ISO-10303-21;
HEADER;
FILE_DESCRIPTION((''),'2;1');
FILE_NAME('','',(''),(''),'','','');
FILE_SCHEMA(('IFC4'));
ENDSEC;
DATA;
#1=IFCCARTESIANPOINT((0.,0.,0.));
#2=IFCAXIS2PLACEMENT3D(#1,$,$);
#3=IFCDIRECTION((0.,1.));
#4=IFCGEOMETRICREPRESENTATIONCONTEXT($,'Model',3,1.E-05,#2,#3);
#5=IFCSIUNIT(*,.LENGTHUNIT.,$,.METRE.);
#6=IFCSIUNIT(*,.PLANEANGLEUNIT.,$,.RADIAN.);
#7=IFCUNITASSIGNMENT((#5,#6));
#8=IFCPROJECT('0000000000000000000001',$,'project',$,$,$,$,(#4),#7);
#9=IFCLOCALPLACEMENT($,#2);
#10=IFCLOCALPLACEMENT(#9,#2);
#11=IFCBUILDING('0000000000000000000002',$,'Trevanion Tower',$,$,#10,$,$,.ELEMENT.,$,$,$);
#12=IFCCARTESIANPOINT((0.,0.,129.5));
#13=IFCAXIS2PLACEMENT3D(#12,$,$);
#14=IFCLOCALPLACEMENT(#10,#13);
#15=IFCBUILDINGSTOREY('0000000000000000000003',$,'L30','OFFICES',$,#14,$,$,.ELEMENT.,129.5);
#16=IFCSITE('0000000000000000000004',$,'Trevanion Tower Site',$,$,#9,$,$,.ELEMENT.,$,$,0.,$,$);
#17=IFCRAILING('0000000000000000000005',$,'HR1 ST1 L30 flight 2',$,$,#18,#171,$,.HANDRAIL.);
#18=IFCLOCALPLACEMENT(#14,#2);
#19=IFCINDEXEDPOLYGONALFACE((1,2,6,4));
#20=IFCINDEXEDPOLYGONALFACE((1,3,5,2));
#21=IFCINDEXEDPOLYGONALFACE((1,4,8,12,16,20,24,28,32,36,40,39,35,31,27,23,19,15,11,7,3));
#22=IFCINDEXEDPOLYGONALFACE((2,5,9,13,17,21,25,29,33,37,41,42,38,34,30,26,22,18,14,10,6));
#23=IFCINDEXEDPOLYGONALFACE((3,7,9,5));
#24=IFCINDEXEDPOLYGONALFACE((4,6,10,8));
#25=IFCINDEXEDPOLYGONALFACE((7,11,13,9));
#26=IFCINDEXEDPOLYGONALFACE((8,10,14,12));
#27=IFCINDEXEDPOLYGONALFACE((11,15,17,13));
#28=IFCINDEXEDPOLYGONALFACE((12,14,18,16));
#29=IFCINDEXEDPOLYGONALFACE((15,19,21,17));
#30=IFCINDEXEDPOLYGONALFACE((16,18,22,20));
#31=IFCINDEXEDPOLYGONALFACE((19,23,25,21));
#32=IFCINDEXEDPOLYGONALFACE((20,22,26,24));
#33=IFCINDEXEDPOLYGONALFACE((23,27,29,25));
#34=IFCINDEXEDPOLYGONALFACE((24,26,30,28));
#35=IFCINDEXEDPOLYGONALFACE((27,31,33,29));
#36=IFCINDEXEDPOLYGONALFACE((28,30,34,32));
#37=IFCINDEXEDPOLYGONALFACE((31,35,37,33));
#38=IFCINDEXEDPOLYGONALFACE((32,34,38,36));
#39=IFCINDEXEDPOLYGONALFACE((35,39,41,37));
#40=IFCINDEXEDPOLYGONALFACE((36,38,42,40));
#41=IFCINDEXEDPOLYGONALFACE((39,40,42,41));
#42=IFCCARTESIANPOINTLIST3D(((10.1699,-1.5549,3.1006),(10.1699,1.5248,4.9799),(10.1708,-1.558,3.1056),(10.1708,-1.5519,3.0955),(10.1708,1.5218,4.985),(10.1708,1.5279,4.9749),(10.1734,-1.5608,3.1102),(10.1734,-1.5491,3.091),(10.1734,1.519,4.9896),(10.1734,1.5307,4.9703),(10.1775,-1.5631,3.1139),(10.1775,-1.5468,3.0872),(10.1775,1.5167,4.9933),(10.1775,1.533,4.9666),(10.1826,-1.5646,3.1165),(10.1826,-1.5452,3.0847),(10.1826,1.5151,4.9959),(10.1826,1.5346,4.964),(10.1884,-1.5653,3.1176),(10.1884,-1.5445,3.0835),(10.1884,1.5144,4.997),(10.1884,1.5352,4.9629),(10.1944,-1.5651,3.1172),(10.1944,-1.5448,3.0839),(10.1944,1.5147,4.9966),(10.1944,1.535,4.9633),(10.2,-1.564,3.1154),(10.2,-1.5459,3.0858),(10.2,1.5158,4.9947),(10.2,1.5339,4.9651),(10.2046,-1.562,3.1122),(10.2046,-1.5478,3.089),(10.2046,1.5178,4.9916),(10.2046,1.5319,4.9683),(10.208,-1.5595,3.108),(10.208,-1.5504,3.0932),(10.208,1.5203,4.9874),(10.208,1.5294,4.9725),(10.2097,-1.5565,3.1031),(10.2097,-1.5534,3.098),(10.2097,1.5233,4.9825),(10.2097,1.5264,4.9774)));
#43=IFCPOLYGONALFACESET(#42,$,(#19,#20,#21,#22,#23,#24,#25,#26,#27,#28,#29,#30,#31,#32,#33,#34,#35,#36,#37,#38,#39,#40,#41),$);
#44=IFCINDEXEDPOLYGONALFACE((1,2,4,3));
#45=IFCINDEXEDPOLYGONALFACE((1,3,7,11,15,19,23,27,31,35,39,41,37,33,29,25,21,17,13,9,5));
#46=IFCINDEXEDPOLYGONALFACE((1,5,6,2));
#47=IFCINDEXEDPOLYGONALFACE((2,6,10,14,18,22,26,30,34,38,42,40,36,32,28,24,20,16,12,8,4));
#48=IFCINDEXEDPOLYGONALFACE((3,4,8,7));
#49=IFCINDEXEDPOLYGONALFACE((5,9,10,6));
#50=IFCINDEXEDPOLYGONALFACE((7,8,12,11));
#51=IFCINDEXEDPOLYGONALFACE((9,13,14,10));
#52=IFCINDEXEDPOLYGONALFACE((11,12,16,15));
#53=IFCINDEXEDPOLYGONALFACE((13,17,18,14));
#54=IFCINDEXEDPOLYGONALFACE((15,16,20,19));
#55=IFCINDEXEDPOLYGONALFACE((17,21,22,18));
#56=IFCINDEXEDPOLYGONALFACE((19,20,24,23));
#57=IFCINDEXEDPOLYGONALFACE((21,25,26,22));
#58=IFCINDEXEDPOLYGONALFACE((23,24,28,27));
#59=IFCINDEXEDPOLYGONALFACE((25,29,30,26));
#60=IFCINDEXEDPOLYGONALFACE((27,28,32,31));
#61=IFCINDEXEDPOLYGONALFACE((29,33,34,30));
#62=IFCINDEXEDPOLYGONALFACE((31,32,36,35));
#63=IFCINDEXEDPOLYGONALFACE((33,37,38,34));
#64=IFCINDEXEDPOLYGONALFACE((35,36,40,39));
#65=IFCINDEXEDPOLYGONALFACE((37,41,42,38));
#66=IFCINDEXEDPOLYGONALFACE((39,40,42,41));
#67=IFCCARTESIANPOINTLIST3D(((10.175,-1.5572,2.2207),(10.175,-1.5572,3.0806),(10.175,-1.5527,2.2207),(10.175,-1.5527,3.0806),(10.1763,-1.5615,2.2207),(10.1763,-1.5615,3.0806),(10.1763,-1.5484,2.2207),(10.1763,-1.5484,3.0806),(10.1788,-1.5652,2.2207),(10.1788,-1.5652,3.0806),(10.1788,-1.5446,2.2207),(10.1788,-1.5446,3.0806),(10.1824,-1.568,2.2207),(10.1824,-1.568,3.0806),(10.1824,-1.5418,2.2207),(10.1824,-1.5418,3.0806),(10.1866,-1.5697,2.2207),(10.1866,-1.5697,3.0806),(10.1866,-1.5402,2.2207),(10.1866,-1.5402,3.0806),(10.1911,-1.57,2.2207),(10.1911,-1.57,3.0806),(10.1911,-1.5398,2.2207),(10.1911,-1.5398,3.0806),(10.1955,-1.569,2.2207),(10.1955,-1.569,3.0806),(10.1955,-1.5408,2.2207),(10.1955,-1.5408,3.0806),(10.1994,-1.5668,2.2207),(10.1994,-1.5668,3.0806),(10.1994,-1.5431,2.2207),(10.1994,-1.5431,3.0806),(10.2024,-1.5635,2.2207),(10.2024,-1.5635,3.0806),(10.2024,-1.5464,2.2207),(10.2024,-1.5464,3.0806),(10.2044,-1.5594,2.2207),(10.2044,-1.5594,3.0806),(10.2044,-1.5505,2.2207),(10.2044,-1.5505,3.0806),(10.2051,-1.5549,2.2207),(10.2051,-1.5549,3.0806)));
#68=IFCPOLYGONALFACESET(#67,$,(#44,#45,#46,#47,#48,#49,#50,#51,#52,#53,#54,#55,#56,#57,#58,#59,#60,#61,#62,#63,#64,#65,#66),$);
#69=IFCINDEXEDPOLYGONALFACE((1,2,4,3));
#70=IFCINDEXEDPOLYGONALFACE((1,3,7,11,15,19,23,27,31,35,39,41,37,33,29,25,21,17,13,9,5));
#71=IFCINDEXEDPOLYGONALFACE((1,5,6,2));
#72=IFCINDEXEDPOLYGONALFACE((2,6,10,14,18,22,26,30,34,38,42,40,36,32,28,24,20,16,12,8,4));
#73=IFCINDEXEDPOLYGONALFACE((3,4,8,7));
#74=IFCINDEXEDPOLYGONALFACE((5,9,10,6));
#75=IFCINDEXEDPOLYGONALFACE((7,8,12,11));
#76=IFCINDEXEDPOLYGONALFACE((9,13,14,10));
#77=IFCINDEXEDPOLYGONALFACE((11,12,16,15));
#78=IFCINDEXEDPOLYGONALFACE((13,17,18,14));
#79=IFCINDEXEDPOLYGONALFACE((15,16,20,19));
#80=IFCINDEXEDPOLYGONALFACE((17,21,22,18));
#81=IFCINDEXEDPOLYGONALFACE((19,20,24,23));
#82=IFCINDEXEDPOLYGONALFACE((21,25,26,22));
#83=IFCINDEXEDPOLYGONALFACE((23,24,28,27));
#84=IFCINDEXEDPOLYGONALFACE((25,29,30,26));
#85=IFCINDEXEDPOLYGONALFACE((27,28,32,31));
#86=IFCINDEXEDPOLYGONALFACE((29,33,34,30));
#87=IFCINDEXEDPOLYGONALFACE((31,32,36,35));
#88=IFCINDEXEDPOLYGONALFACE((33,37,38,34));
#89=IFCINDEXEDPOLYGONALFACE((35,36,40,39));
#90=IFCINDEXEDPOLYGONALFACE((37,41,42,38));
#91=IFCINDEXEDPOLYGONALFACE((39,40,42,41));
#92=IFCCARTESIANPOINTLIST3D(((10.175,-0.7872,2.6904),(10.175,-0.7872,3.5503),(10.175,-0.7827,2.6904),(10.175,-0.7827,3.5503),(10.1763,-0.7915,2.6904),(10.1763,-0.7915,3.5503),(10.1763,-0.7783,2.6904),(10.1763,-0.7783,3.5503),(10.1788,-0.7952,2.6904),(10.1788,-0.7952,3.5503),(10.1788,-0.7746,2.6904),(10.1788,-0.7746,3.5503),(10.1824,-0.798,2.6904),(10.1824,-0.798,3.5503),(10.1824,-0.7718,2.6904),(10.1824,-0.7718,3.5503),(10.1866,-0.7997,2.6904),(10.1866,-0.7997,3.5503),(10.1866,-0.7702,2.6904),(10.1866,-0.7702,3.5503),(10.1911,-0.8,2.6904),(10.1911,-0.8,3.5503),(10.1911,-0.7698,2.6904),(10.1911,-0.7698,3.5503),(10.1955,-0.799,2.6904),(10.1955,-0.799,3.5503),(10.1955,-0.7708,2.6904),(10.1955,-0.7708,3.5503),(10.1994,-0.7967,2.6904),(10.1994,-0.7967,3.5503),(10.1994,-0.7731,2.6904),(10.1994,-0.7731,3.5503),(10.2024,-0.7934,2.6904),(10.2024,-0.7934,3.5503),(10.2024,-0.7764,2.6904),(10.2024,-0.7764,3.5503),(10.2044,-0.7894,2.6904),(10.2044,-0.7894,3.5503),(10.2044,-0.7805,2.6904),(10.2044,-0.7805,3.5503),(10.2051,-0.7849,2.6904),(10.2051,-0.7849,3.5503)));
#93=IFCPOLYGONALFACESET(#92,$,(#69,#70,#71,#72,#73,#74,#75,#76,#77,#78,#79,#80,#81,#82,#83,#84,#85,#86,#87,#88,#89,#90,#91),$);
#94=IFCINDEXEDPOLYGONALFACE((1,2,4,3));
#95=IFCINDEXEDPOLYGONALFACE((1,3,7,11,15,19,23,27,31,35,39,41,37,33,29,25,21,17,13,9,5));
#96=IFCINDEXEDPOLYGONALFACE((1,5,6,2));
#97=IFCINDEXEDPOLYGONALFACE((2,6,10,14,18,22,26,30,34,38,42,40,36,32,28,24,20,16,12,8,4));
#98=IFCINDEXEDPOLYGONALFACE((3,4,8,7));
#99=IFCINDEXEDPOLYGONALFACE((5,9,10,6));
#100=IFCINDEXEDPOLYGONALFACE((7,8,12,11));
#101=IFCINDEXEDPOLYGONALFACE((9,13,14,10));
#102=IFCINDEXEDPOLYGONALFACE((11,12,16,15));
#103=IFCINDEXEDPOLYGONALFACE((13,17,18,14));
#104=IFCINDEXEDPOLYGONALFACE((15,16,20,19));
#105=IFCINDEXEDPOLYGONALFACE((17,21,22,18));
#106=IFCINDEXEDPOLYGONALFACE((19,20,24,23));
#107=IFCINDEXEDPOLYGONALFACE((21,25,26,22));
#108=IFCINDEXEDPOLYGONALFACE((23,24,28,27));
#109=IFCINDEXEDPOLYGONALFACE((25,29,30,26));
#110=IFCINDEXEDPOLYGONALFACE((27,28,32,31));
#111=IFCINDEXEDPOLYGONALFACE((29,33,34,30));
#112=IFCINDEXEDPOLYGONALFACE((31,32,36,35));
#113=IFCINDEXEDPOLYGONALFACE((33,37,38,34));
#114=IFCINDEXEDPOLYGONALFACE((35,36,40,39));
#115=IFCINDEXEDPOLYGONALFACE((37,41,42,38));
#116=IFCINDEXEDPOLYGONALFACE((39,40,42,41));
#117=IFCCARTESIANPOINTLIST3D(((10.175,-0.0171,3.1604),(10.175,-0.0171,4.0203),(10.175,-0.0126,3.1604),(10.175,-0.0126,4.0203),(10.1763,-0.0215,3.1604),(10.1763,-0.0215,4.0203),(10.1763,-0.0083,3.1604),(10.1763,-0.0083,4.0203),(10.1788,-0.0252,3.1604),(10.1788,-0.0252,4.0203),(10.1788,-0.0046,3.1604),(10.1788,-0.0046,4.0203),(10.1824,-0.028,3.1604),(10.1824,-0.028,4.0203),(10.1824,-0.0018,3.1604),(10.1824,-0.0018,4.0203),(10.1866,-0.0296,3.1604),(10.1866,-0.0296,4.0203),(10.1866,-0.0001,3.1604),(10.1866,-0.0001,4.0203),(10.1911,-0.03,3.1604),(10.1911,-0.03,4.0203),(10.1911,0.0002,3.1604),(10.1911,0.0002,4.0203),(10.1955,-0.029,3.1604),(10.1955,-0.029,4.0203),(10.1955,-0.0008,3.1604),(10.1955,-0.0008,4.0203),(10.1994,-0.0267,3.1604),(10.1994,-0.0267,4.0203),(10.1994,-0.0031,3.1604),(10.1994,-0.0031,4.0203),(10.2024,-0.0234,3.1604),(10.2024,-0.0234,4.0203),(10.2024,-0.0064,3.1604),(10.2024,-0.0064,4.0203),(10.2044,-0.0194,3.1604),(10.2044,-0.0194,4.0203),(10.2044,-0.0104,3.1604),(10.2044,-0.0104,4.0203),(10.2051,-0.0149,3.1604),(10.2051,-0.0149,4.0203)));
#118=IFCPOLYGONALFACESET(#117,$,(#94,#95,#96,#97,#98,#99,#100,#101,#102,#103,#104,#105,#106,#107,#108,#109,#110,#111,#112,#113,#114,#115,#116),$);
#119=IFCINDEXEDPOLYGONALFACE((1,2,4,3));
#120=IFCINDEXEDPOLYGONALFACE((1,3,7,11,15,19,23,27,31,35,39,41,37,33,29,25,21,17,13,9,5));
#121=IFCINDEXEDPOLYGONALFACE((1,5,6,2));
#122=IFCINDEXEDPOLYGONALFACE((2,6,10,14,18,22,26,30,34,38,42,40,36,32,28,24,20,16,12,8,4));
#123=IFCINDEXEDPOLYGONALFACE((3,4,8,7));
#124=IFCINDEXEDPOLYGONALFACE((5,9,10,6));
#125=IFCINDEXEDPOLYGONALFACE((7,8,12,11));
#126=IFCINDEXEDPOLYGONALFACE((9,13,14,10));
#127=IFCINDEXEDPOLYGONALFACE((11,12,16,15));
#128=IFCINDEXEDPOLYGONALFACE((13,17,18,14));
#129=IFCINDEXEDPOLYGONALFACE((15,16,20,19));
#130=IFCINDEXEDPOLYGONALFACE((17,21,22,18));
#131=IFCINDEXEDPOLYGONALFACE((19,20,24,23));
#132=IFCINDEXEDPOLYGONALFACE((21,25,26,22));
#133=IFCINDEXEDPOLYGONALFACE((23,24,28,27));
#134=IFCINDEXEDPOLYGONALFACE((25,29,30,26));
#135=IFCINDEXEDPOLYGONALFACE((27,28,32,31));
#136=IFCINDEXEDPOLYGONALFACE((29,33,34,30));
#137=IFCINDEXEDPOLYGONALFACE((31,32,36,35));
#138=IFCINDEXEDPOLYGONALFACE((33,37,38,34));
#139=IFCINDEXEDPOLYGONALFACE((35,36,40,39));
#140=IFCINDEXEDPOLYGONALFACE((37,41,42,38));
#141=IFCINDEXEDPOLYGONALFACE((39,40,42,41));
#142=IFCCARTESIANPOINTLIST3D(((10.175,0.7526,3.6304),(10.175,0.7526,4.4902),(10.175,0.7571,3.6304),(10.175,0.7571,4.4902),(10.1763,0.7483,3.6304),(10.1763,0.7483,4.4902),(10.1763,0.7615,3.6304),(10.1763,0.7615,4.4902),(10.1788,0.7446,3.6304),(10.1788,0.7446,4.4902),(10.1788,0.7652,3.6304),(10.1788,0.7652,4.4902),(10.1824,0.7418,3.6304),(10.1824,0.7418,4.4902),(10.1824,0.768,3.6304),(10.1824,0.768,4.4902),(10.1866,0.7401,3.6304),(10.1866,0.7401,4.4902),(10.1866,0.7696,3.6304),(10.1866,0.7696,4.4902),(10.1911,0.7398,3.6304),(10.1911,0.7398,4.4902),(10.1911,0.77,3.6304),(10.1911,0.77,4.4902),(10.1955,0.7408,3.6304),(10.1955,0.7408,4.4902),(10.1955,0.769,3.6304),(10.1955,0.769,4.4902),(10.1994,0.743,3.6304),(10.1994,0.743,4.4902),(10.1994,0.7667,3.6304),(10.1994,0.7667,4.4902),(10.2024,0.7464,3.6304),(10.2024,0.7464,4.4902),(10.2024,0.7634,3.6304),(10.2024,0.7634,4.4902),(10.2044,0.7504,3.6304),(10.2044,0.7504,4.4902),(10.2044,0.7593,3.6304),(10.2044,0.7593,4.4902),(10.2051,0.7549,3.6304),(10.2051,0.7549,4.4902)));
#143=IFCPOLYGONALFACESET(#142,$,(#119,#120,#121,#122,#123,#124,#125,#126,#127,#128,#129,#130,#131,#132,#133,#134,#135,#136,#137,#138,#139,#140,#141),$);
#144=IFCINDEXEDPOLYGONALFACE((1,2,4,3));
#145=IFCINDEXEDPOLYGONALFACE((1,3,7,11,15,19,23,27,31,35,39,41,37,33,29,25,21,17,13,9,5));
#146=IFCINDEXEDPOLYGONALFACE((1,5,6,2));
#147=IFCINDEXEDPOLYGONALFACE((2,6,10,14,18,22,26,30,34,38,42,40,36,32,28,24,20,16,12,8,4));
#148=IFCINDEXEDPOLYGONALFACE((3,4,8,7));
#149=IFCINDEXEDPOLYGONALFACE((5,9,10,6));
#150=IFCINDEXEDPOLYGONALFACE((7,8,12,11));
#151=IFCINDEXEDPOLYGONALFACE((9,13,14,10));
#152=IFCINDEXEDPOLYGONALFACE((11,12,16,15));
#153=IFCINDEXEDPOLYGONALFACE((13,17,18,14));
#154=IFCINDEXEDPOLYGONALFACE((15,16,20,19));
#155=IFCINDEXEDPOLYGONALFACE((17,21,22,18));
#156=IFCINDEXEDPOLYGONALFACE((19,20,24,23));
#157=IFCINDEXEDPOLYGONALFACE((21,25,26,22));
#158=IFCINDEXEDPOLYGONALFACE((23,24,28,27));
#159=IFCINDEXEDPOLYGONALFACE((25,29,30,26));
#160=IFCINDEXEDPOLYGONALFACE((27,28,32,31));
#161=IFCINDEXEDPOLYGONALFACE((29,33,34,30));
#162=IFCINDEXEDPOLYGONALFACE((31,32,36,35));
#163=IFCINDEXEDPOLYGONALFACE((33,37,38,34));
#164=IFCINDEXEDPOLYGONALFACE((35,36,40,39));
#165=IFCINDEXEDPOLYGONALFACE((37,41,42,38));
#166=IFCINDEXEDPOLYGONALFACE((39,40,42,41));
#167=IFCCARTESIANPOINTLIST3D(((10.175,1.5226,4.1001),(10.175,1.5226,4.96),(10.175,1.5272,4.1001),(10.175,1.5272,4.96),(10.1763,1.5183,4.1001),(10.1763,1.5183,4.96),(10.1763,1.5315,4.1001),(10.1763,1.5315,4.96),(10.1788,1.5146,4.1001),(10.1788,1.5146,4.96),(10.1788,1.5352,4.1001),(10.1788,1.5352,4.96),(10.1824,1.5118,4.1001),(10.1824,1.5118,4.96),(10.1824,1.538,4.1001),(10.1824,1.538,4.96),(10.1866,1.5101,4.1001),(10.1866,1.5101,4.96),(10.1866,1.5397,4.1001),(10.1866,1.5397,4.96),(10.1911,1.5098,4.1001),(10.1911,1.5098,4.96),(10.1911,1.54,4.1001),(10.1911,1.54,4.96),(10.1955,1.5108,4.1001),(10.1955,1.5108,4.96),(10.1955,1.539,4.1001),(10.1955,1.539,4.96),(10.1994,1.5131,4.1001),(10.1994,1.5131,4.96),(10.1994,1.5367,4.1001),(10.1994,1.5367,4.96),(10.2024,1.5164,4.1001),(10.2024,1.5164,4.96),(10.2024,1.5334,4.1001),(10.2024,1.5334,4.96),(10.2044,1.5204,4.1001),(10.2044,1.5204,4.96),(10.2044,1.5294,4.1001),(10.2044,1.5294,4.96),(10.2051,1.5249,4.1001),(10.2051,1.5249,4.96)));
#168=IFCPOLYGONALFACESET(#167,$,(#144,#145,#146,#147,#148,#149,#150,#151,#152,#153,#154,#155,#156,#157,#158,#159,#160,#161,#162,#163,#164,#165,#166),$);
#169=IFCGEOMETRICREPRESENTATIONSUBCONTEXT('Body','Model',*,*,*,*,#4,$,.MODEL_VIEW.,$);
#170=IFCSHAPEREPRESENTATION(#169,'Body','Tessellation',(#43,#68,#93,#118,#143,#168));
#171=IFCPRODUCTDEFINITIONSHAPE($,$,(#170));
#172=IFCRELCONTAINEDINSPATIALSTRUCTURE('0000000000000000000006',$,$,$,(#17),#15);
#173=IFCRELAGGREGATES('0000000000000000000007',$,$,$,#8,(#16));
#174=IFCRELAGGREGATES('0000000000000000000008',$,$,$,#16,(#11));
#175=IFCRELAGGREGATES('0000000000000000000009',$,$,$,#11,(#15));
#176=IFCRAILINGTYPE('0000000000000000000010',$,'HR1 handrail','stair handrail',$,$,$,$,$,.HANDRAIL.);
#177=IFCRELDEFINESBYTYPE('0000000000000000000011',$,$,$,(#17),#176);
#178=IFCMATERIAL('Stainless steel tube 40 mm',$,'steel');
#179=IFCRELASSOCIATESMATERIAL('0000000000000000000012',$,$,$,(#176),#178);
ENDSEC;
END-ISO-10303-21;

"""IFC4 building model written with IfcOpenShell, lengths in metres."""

from ifc_helpers import new_model, si_unit, direction, frame, origin, origin_2d, place, context, subcontext, project, spatial, circle, extrude, material, type_object, element, save


model = new_model("IFC4")

# Units and contexts
model_context = context("Model", 3, precision=1e-05, world=origin(), true_north=direction((0.0, 1.0)))
body_context = subcontext(model_context, "Body", "Model", "MODEL_VIEW")
ifc_project = project(units=[si_unit("LENGTHUNIT", "METRE"), si_unit("PLANEANGLEUNIT", "RADIAN")], contexts=[model_context])

# Site, building, storey
site_placement = place(None, origin())
site = spatial("IfcSite", under=ifc_project, at=site_placement, Name="Trevanion Tower Site", CompositionType="ELEMENT", RefElevation=0.0)
building_placement = place(site_placement, origin())
building = spatial("IfcBuilding", under=site, at=building_placement, Name="Trevanion Tower", CompositionType="ELEMENT")
storey_placement = place(building_placement, frame((0.0, 0.0, 129.5)))
storey = spatial("IfcBuildingStorey", under=building, at=storey_placement, Name="L30", Description="OFFICES", CompositionType="ELEMENT", Elevation=129.5)

# Railing
ifc_material_1 = material(Name="Stainless steel tube 40 mm", Category="steel")
railing_type = type_object("IfcRailingType", Name="HR1 handrail", Description="stair handrail", PredefinedType="HANDRAIL", material=ifc_material_1)
for number, where, name in (
    (1, (10.1899, -1.5549, 2.2207), "HR1 ST1 L30 flight 2"),
):
    element("IfcRailing", number, at=place(storey_placement, frame(where)), inside=storey, type_object=railing_type, Name=name, PredefinedType="HANDRAIL", context=body_context, shape_type="SweptSolid", body=[
        extrude(circle(Radius=0.02, at=origin_2d()), frame((0.0, 0.0, 0.8799), z_axis=(0.0, 0.853618, 0.5209), x_axis=(-1.0, 0.0, 0.0)), (0.0, 0.0, 1.0), 3.6079),
        extrude(circle(Radius=0.0151, at=origin_2d()), origin(), (0.0, 0.0, 1.0), 0.8599),
        extrude(circle(Radius=0.0151, at=origin_2d()), frame((0.0, 0.77, 0.4697)), (0.0, 0.0, 1.0), 0.8599),
        extrude(circle(Radius=0.0151, at=origin_2d()), frame((0.0, 1.54, 0.9397)), (0.0, 0.0, 1.0), 0.8599),
        extrude(circle(Radius=0.0151, at=origin_2d()), frame((0.0, 2.3098, 1.4097)), (0.0, 0.0, 1.0), 0.8599),
        extrude(circle(Radius=0.0151, at=origin_2d()), frame((0.0, 3.0798, 1.8794)), (0.0, 0.0, 1.0), 0.8599),
    ])

save(model, "model.ifc")
